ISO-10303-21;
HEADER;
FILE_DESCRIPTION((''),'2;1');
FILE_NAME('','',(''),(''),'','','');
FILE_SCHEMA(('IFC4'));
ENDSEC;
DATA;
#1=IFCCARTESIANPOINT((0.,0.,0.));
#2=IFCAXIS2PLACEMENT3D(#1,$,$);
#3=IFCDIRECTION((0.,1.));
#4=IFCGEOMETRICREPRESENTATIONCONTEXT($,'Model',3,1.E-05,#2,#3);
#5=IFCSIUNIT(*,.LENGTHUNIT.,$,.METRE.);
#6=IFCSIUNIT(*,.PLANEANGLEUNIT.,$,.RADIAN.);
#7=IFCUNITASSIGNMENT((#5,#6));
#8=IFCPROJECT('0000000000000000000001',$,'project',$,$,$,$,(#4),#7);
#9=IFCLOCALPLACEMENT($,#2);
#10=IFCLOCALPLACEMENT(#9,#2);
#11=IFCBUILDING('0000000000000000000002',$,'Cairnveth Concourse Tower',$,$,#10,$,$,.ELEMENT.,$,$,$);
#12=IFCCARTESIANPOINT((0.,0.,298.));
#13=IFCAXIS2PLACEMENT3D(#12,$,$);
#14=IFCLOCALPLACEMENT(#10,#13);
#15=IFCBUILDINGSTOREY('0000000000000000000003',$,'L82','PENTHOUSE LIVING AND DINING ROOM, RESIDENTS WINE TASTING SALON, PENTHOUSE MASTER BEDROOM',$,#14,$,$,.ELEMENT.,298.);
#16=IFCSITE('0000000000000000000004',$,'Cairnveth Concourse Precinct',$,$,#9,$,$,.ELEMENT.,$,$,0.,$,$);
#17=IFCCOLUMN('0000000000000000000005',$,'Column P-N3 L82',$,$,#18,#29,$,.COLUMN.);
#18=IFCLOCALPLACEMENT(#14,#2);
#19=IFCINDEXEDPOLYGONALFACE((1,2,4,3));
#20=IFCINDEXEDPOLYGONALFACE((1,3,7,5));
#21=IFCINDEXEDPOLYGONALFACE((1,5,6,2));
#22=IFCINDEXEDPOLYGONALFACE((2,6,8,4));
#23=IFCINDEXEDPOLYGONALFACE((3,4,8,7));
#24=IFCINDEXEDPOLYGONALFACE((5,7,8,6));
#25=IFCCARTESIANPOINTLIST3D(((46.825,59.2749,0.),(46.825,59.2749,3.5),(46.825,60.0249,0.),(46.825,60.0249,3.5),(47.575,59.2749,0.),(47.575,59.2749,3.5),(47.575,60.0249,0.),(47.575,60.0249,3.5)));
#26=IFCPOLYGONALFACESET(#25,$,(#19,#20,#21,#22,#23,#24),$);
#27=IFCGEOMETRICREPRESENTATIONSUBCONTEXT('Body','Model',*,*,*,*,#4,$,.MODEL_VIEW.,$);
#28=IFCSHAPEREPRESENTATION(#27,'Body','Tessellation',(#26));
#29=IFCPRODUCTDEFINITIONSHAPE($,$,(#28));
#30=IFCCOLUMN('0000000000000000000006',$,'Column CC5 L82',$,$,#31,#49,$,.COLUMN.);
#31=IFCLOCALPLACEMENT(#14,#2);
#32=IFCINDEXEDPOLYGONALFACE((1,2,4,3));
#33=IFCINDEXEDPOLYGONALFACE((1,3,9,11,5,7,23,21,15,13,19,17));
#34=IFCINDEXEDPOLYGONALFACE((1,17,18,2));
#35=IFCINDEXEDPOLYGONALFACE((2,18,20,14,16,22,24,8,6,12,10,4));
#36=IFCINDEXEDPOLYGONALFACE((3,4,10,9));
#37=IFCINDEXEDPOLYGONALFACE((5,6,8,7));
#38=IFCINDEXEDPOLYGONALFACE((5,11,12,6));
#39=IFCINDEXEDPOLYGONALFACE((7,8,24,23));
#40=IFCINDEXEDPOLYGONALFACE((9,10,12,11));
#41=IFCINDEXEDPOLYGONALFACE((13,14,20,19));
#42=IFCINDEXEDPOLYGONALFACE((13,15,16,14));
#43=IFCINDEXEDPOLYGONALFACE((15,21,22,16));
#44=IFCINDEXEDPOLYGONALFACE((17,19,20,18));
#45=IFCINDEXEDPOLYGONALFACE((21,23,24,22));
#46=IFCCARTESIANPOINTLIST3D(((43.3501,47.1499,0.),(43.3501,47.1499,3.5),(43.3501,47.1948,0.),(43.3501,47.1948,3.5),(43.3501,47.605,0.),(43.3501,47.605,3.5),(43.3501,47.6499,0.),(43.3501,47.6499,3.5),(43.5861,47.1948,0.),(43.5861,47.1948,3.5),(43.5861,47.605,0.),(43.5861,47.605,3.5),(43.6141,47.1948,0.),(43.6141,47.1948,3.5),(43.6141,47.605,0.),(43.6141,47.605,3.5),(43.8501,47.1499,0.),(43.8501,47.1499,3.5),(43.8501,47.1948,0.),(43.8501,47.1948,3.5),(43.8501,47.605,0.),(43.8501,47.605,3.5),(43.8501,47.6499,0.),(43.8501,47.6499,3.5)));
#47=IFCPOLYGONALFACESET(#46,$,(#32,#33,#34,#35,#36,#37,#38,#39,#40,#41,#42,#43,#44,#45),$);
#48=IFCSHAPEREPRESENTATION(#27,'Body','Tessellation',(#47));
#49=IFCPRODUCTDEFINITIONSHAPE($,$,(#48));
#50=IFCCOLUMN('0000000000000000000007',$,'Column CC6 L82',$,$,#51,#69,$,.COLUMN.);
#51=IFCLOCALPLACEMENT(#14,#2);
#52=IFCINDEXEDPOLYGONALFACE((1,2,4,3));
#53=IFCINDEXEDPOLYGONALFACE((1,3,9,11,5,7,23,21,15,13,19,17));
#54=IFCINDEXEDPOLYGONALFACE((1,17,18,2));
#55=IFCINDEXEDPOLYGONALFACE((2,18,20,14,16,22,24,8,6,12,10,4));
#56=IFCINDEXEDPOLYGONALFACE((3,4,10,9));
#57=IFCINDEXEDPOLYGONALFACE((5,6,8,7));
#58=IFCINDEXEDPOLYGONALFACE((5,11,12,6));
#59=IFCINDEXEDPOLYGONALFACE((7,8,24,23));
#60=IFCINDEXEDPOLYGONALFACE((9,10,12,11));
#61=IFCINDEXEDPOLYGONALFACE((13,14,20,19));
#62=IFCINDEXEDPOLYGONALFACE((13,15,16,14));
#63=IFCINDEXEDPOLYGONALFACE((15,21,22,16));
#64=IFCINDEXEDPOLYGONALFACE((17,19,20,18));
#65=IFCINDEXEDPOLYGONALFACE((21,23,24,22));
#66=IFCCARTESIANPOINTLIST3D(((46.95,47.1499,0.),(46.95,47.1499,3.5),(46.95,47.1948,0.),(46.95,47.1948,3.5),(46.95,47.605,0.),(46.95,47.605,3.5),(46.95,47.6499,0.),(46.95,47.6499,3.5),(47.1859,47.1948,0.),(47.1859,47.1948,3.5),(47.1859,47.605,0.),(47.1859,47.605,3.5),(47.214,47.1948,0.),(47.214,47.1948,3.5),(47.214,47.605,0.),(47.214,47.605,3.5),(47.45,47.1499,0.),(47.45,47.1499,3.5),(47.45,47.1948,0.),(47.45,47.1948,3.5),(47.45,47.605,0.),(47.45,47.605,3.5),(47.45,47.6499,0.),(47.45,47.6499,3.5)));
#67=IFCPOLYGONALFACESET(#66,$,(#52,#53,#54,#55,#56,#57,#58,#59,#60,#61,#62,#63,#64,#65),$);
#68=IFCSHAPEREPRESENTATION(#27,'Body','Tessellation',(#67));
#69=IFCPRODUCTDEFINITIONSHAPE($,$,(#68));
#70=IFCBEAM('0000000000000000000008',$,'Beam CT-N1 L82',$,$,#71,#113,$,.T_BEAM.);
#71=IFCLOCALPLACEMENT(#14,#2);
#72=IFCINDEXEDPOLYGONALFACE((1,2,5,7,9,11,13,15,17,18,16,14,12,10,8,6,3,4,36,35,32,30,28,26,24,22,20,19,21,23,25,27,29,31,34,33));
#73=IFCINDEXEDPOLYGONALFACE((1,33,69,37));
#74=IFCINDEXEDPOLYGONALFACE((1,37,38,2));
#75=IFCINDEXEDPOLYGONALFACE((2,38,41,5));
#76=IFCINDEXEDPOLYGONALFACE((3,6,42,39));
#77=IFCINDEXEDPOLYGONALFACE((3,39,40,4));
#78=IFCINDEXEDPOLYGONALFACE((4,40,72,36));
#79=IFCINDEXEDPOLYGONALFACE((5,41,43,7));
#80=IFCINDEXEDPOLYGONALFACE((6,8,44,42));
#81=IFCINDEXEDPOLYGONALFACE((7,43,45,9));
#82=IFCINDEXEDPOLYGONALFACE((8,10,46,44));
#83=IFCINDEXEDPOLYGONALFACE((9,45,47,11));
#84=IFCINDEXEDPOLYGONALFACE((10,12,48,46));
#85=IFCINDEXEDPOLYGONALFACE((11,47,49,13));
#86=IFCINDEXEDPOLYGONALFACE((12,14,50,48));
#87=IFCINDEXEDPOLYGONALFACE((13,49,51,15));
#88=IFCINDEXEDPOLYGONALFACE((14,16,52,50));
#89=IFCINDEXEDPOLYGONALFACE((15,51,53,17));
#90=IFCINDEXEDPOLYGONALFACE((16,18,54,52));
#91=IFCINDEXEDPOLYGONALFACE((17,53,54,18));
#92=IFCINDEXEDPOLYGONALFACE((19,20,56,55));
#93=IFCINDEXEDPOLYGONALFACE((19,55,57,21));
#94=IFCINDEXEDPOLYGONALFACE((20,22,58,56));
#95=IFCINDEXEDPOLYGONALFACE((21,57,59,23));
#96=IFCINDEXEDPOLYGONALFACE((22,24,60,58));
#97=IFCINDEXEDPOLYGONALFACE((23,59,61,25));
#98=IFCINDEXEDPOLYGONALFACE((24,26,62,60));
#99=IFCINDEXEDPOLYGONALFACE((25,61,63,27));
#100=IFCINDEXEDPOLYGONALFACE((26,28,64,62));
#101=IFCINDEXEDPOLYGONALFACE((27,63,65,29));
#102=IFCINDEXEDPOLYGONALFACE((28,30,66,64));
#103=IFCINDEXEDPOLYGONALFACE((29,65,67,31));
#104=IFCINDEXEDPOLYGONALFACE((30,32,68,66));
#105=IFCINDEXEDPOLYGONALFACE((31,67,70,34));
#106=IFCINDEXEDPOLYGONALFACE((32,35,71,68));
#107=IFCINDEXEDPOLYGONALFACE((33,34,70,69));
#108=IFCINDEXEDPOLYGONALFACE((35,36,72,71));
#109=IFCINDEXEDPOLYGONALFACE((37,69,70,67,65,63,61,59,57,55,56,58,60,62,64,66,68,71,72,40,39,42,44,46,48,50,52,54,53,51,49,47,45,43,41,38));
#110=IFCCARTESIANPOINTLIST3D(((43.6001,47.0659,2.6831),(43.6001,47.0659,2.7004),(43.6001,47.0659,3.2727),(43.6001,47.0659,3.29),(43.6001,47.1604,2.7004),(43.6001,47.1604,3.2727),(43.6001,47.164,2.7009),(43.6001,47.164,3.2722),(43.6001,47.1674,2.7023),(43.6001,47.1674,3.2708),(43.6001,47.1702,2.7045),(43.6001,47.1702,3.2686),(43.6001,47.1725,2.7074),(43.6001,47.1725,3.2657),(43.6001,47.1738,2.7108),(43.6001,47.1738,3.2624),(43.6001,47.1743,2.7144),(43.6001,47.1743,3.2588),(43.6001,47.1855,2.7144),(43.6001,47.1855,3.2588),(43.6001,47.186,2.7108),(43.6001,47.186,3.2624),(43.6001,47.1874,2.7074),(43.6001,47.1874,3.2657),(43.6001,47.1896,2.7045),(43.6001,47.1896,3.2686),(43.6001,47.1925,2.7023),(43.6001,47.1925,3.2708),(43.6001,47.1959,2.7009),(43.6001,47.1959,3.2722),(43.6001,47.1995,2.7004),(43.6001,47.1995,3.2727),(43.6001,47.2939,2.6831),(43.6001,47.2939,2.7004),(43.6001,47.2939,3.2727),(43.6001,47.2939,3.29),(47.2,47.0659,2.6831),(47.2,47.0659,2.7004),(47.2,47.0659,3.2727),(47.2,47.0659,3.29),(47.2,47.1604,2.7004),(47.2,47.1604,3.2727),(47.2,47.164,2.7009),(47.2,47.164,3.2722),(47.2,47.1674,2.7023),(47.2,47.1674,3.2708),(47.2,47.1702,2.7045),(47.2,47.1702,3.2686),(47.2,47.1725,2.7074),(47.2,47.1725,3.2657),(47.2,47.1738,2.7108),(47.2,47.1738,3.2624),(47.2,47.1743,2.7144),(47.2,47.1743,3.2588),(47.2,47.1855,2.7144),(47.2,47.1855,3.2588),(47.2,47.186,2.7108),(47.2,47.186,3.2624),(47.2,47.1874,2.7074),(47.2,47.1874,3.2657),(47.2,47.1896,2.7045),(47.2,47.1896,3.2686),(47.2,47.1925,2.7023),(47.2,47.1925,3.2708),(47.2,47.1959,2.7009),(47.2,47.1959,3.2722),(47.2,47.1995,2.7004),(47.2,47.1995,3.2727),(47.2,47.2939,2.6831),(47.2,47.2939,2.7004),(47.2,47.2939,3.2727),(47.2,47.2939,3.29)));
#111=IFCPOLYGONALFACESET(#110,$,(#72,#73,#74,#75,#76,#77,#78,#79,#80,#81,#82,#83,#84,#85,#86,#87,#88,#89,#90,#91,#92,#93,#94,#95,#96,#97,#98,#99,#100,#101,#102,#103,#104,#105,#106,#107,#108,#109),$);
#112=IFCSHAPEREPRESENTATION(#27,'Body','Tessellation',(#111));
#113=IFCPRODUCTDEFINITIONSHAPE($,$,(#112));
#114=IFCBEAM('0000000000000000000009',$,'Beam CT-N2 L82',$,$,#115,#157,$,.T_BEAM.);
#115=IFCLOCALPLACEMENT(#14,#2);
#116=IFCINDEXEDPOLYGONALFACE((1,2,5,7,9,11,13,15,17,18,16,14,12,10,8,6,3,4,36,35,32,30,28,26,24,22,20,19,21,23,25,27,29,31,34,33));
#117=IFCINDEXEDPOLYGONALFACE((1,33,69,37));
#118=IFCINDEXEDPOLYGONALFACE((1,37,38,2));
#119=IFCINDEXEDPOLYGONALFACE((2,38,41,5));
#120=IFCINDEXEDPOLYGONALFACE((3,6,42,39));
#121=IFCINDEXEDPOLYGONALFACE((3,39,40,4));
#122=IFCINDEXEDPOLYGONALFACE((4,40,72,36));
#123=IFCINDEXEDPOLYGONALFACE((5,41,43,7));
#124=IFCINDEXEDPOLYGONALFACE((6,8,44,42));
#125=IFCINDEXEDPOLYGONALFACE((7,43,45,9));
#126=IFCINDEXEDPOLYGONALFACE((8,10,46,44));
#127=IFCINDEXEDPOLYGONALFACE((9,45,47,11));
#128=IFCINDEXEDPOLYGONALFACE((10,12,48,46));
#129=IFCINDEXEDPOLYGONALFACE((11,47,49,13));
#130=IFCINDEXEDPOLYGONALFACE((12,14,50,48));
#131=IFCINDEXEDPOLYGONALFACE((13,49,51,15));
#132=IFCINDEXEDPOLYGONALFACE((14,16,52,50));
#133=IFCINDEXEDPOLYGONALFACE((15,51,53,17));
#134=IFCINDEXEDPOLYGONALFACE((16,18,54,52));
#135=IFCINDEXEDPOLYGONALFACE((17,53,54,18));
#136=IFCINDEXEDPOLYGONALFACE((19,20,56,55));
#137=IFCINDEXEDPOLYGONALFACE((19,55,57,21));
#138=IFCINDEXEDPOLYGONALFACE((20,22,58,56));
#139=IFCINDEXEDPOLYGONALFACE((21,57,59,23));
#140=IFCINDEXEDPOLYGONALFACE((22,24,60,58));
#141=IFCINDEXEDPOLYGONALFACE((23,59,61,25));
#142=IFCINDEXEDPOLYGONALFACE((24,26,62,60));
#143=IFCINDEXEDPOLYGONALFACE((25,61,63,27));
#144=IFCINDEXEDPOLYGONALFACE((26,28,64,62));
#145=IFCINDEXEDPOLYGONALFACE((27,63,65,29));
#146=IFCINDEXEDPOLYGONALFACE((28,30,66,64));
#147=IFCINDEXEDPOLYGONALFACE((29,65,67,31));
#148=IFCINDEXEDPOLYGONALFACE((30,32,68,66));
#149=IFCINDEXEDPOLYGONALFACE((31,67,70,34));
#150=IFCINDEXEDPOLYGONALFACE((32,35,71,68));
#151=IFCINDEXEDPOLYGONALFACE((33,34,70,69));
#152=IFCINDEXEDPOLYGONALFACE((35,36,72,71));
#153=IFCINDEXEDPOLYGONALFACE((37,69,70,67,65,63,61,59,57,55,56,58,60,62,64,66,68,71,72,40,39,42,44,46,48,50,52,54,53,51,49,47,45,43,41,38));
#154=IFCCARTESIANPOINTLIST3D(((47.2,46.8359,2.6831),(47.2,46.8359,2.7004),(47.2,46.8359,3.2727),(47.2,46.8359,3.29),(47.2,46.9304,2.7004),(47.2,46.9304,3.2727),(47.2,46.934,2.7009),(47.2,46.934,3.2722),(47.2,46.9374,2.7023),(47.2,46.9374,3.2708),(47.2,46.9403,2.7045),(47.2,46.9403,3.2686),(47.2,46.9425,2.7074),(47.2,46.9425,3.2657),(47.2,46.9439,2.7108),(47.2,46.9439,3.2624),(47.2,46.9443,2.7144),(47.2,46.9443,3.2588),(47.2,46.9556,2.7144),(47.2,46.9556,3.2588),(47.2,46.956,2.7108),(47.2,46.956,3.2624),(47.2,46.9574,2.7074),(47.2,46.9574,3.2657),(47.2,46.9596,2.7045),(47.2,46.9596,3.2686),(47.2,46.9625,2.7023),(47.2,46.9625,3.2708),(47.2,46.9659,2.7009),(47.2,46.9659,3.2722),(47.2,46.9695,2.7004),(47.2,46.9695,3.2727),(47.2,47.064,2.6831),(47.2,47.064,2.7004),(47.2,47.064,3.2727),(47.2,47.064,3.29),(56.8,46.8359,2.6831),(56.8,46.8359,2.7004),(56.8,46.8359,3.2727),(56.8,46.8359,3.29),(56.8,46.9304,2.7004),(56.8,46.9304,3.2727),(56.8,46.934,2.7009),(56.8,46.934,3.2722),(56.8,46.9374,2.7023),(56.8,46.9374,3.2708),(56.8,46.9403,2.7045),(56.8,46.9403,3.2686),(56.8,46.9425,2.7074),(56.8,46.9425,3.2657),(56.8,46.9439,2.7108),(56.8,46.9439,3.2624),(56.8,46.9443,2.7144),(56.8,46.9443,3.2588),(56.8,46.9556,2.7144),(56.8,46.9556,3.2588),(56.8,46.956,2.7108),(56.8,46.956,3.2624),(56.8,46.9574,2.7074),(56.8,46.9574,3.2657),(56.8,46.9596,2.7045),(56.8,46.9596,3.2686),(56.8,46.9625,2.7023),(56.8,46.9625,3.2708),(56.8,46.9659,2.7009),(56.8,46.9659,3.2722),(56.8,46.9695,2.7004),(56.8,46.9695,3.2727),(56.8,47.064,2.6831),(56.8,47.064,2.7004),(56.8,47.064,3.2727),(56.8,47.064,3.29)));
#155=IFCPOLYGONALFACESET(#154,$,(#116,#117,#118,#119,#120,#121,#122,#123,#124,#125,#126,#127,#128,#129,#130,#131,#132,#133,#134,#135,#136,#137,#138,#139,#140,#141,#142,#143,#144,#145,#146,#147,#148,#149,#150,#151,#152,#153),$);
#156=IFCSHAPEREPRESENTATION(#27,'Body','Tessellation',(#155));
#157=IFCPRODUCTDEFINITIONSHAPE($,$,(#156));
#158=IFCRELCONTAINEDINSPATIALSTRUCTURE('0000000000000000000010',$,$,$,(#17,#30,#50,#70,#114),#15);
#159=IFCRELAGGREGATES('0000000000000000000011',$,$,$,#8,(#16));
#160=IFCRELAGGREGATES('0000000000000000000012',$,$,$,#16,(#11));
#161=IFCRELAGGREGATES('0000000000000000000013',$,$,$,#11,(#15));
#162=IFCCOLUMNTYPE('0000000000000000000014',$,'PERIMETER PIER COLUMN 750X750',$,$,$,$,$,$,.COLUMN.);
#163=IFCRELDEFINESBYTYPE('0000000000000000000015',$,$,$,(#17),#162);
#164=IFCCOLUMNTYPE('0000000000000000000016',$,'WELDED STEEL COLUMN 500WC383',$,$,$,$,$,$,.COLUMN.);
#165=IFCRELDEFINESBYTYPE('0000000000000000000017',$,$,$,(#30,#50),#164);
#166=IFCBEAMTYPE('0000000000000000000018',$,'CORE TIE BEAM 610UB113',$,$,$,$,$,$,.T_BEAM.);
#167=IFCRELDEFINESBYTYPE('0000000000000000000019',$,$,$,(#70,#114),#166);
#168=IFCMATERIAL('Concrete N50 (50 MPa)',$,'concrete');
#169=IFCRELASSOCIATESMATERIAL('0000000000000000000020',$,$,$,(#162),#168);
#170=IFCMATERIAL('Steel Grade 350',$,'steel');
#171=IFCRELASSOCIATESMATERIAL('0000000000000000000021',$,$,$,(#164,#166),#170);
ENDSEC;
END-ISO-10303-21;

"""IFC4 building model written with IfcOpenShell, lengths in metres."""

from ifc_helpers import new_model, si_unit, direction, frame, origin, origin_2d, place, context, subcontext, project, spatial, rectangle, i_section, extrude, material, material_profile, profile_set, type_object, element, save


model = new_model("IFC4")

# Units and contexts
model_context = context("Model", 3, precision=1e-05, world=origin(), true_north=direction((0.0, 1.0)))
body_context = subcontext(model_context, "Body", "Model", "MODEL_VIEW")
ifc_project = project(units=[si_unit("LENGTHUNIT", "METRE"), si_unit("PLANEANGLEUNIT", "RADIAN")], contexts=[model_context])

# Site, building, storey
site_placement = place(None, origin())
site = spatial("IfcSite", under=ifc_project, at=site_placement, Name="Cairnveth Concourse Precinct", CompositionType="ELEMENT", RefElevation=0.0)
building_placement = place(site_placement, origin())
building = spatial("IfcBuilding", under=site, at=building_placement, Name="Cairnveth Concourse Tower", CompositionType="ELEMENT")
storey_placement = place(building_placement, frame((0.0, 0.0, 298.0)))
storey = spatial("IfcBuildingStorey", under=building, at=storey_placement, Name="L82", Description="PENTHOUSE LIVING AND DINING ROOM, RESIDENTS WINE TASTING SALON, PENTHOUSE MASTER BEDROOM", CompositionType="ELEMENT", Elevation=298.0)

# Columns
ifc_material_1 = material(Name="Concrete N50 (50 MPa)", Category="concrete")
ifc_material_profile_1 = material_profile(ifc_material_1, rectangle(XDim=0.75, YDim=0.75, at=origin_2d()), Name="RC-COL-750x750")
ifc_profile_set_1 = profile_set([ifc_material_profile_1], Name="Concrete N50 (50 MPa)")
column_type_1 = type_object("IfcColumnType", Name="PERIMETER PIER COLUMN 750X750", PredefinedType="COLUMN", material=ifc_profile_set_1)
column_placement = place(storey_placement, frame((47.2, 59.6499, 0.0), z_axis=(0.0, 0.0, 1.0), x_axis=(1.0, 0.0, 0.0)))
element("IfcColumn", 1, at=column_placement, inside=storey, type_object=column_type_1, Name="Column P-N3 L82", PredefinedType="COLUMN", context=body_context, shape_type="SweptSolid", body=[
    extrude(rectangle(XDim=0.75, YDim=0.75, at=origin_2d()), origin(), (0.0, 0.0, 1.0), 3.5),
])
ifc_material_2 = material(Name="Steel Grade 350", Category="steel")
ifc_material_profile_2 = material_profile(ifc_material_2, i_section(OverallWidth=0.5, OverallDepth=0.5, WebThickness=0.0281, FlangeThickness=0.0449, at=origin_2d()), Name="500WC383")
ifc_profile_set_2 = profile_set([ifc_material_profile_2], Name="Steel Grade 350")
column_type_2 = type_object("IfcColumnType", Name="WELDED STEEL COLUMN 500WC383", PredefinedType="COLUMN", material=ifc_profile_set_2)
for number, where, z_axis, x_axis, name in (
    (2, (43.6001, 47.3999, 0.0), (0.0, 0.0, 1.0), (1.0, 0.0, 0.0), "Column CC5 L82"),
    (3, (47.2, 47.3999, 0.0), (0.0, 0.0, 1.0), (1.0, 0.0, 0.0), "Column CC6 L82"),
):
    element("IfcColumn", number, at=place(storey_placement, frame(where, z_axis=z_axis, x_axis=x_axis)), inside=storey, type_object=column_type_2, Name=name, PredefinedType="COLUMN", context=body_context, shape_type="SweptSolid", body=[
        extrude(i_section(OverallWidth=0.5, OverallDepth=0.5, WebThickness=0.0281, FlangeThickness=0.0449, at=origin_2d()), origin(), (0.0, 0.0, 1.0), 3.5),
    ])

# Beams
ifc_material_profile_3 = material_profile(ifc_material_2, i_section(OverallWidth=0.228, OverallDepth=0.6069, WebThickness=0.0112, FlangeThickness=0.0173, FilletRadius=0.0139, at=origin_2d()), Name="610UB113")
ifc_profile_set_3 = profile_set([ifc_material_profile_3], Name="Steel Grade 350")
beam_type_1 = type_object("IfcBeamType", Name="CORE TIE BEAM 610UB113", PredefinedType="T_BEAM", material=ifc_profile_set_3)
beam_1_placement = place(storey_placement, frame((43.6001, 47.1799, 2.9866), z_axis=(1.0, 0.0, 0.0), x_axis=(0.0, 1.0, 0.0)))
element("IfcBeam", 4, at=beam_1_placement, inside=storey, type_object=beam_type_1, Name="Beam CT-N1 L82", PredefinedType="T_BEAM", context=body_context, shape_type="SweptSolid", body=[
    extrude(i_section(OverallWidth=0.228, OverallDepth=0.6069, WebThickness=0.0112, FlangeThickness=0.0173, FilletRadius=0.0139, at=origin_2d()), origin(), (0.0, 0.0, 1.0), 3.5999),
])
beam_2_placement = place(storey_placement, frame((47.2, 46.95, 2.9866), z_axis=(1.0, 0.0, 0.0), x_axis=(0.0, 1.0, 0.0)))
element("IfcBeam", 5, at=beam_2_placement, inside=storey, type_object=beam_type_1, Name="Beam CT-N2 L82", PredefinedType="T_BEAM", context=body_context, shape_type="SweptSolid", body=[
    extrude(i_section(OverallWidth=0.228, OverallDepth=0.6069, WebThickness=0.0112, FlangeThickness=0.0173, FilletRadius=0.0139, at=origin_2d()), origin(), (0.0, 0.0, 1.0), 9.6001),
])

save(model, "model.ifc")
